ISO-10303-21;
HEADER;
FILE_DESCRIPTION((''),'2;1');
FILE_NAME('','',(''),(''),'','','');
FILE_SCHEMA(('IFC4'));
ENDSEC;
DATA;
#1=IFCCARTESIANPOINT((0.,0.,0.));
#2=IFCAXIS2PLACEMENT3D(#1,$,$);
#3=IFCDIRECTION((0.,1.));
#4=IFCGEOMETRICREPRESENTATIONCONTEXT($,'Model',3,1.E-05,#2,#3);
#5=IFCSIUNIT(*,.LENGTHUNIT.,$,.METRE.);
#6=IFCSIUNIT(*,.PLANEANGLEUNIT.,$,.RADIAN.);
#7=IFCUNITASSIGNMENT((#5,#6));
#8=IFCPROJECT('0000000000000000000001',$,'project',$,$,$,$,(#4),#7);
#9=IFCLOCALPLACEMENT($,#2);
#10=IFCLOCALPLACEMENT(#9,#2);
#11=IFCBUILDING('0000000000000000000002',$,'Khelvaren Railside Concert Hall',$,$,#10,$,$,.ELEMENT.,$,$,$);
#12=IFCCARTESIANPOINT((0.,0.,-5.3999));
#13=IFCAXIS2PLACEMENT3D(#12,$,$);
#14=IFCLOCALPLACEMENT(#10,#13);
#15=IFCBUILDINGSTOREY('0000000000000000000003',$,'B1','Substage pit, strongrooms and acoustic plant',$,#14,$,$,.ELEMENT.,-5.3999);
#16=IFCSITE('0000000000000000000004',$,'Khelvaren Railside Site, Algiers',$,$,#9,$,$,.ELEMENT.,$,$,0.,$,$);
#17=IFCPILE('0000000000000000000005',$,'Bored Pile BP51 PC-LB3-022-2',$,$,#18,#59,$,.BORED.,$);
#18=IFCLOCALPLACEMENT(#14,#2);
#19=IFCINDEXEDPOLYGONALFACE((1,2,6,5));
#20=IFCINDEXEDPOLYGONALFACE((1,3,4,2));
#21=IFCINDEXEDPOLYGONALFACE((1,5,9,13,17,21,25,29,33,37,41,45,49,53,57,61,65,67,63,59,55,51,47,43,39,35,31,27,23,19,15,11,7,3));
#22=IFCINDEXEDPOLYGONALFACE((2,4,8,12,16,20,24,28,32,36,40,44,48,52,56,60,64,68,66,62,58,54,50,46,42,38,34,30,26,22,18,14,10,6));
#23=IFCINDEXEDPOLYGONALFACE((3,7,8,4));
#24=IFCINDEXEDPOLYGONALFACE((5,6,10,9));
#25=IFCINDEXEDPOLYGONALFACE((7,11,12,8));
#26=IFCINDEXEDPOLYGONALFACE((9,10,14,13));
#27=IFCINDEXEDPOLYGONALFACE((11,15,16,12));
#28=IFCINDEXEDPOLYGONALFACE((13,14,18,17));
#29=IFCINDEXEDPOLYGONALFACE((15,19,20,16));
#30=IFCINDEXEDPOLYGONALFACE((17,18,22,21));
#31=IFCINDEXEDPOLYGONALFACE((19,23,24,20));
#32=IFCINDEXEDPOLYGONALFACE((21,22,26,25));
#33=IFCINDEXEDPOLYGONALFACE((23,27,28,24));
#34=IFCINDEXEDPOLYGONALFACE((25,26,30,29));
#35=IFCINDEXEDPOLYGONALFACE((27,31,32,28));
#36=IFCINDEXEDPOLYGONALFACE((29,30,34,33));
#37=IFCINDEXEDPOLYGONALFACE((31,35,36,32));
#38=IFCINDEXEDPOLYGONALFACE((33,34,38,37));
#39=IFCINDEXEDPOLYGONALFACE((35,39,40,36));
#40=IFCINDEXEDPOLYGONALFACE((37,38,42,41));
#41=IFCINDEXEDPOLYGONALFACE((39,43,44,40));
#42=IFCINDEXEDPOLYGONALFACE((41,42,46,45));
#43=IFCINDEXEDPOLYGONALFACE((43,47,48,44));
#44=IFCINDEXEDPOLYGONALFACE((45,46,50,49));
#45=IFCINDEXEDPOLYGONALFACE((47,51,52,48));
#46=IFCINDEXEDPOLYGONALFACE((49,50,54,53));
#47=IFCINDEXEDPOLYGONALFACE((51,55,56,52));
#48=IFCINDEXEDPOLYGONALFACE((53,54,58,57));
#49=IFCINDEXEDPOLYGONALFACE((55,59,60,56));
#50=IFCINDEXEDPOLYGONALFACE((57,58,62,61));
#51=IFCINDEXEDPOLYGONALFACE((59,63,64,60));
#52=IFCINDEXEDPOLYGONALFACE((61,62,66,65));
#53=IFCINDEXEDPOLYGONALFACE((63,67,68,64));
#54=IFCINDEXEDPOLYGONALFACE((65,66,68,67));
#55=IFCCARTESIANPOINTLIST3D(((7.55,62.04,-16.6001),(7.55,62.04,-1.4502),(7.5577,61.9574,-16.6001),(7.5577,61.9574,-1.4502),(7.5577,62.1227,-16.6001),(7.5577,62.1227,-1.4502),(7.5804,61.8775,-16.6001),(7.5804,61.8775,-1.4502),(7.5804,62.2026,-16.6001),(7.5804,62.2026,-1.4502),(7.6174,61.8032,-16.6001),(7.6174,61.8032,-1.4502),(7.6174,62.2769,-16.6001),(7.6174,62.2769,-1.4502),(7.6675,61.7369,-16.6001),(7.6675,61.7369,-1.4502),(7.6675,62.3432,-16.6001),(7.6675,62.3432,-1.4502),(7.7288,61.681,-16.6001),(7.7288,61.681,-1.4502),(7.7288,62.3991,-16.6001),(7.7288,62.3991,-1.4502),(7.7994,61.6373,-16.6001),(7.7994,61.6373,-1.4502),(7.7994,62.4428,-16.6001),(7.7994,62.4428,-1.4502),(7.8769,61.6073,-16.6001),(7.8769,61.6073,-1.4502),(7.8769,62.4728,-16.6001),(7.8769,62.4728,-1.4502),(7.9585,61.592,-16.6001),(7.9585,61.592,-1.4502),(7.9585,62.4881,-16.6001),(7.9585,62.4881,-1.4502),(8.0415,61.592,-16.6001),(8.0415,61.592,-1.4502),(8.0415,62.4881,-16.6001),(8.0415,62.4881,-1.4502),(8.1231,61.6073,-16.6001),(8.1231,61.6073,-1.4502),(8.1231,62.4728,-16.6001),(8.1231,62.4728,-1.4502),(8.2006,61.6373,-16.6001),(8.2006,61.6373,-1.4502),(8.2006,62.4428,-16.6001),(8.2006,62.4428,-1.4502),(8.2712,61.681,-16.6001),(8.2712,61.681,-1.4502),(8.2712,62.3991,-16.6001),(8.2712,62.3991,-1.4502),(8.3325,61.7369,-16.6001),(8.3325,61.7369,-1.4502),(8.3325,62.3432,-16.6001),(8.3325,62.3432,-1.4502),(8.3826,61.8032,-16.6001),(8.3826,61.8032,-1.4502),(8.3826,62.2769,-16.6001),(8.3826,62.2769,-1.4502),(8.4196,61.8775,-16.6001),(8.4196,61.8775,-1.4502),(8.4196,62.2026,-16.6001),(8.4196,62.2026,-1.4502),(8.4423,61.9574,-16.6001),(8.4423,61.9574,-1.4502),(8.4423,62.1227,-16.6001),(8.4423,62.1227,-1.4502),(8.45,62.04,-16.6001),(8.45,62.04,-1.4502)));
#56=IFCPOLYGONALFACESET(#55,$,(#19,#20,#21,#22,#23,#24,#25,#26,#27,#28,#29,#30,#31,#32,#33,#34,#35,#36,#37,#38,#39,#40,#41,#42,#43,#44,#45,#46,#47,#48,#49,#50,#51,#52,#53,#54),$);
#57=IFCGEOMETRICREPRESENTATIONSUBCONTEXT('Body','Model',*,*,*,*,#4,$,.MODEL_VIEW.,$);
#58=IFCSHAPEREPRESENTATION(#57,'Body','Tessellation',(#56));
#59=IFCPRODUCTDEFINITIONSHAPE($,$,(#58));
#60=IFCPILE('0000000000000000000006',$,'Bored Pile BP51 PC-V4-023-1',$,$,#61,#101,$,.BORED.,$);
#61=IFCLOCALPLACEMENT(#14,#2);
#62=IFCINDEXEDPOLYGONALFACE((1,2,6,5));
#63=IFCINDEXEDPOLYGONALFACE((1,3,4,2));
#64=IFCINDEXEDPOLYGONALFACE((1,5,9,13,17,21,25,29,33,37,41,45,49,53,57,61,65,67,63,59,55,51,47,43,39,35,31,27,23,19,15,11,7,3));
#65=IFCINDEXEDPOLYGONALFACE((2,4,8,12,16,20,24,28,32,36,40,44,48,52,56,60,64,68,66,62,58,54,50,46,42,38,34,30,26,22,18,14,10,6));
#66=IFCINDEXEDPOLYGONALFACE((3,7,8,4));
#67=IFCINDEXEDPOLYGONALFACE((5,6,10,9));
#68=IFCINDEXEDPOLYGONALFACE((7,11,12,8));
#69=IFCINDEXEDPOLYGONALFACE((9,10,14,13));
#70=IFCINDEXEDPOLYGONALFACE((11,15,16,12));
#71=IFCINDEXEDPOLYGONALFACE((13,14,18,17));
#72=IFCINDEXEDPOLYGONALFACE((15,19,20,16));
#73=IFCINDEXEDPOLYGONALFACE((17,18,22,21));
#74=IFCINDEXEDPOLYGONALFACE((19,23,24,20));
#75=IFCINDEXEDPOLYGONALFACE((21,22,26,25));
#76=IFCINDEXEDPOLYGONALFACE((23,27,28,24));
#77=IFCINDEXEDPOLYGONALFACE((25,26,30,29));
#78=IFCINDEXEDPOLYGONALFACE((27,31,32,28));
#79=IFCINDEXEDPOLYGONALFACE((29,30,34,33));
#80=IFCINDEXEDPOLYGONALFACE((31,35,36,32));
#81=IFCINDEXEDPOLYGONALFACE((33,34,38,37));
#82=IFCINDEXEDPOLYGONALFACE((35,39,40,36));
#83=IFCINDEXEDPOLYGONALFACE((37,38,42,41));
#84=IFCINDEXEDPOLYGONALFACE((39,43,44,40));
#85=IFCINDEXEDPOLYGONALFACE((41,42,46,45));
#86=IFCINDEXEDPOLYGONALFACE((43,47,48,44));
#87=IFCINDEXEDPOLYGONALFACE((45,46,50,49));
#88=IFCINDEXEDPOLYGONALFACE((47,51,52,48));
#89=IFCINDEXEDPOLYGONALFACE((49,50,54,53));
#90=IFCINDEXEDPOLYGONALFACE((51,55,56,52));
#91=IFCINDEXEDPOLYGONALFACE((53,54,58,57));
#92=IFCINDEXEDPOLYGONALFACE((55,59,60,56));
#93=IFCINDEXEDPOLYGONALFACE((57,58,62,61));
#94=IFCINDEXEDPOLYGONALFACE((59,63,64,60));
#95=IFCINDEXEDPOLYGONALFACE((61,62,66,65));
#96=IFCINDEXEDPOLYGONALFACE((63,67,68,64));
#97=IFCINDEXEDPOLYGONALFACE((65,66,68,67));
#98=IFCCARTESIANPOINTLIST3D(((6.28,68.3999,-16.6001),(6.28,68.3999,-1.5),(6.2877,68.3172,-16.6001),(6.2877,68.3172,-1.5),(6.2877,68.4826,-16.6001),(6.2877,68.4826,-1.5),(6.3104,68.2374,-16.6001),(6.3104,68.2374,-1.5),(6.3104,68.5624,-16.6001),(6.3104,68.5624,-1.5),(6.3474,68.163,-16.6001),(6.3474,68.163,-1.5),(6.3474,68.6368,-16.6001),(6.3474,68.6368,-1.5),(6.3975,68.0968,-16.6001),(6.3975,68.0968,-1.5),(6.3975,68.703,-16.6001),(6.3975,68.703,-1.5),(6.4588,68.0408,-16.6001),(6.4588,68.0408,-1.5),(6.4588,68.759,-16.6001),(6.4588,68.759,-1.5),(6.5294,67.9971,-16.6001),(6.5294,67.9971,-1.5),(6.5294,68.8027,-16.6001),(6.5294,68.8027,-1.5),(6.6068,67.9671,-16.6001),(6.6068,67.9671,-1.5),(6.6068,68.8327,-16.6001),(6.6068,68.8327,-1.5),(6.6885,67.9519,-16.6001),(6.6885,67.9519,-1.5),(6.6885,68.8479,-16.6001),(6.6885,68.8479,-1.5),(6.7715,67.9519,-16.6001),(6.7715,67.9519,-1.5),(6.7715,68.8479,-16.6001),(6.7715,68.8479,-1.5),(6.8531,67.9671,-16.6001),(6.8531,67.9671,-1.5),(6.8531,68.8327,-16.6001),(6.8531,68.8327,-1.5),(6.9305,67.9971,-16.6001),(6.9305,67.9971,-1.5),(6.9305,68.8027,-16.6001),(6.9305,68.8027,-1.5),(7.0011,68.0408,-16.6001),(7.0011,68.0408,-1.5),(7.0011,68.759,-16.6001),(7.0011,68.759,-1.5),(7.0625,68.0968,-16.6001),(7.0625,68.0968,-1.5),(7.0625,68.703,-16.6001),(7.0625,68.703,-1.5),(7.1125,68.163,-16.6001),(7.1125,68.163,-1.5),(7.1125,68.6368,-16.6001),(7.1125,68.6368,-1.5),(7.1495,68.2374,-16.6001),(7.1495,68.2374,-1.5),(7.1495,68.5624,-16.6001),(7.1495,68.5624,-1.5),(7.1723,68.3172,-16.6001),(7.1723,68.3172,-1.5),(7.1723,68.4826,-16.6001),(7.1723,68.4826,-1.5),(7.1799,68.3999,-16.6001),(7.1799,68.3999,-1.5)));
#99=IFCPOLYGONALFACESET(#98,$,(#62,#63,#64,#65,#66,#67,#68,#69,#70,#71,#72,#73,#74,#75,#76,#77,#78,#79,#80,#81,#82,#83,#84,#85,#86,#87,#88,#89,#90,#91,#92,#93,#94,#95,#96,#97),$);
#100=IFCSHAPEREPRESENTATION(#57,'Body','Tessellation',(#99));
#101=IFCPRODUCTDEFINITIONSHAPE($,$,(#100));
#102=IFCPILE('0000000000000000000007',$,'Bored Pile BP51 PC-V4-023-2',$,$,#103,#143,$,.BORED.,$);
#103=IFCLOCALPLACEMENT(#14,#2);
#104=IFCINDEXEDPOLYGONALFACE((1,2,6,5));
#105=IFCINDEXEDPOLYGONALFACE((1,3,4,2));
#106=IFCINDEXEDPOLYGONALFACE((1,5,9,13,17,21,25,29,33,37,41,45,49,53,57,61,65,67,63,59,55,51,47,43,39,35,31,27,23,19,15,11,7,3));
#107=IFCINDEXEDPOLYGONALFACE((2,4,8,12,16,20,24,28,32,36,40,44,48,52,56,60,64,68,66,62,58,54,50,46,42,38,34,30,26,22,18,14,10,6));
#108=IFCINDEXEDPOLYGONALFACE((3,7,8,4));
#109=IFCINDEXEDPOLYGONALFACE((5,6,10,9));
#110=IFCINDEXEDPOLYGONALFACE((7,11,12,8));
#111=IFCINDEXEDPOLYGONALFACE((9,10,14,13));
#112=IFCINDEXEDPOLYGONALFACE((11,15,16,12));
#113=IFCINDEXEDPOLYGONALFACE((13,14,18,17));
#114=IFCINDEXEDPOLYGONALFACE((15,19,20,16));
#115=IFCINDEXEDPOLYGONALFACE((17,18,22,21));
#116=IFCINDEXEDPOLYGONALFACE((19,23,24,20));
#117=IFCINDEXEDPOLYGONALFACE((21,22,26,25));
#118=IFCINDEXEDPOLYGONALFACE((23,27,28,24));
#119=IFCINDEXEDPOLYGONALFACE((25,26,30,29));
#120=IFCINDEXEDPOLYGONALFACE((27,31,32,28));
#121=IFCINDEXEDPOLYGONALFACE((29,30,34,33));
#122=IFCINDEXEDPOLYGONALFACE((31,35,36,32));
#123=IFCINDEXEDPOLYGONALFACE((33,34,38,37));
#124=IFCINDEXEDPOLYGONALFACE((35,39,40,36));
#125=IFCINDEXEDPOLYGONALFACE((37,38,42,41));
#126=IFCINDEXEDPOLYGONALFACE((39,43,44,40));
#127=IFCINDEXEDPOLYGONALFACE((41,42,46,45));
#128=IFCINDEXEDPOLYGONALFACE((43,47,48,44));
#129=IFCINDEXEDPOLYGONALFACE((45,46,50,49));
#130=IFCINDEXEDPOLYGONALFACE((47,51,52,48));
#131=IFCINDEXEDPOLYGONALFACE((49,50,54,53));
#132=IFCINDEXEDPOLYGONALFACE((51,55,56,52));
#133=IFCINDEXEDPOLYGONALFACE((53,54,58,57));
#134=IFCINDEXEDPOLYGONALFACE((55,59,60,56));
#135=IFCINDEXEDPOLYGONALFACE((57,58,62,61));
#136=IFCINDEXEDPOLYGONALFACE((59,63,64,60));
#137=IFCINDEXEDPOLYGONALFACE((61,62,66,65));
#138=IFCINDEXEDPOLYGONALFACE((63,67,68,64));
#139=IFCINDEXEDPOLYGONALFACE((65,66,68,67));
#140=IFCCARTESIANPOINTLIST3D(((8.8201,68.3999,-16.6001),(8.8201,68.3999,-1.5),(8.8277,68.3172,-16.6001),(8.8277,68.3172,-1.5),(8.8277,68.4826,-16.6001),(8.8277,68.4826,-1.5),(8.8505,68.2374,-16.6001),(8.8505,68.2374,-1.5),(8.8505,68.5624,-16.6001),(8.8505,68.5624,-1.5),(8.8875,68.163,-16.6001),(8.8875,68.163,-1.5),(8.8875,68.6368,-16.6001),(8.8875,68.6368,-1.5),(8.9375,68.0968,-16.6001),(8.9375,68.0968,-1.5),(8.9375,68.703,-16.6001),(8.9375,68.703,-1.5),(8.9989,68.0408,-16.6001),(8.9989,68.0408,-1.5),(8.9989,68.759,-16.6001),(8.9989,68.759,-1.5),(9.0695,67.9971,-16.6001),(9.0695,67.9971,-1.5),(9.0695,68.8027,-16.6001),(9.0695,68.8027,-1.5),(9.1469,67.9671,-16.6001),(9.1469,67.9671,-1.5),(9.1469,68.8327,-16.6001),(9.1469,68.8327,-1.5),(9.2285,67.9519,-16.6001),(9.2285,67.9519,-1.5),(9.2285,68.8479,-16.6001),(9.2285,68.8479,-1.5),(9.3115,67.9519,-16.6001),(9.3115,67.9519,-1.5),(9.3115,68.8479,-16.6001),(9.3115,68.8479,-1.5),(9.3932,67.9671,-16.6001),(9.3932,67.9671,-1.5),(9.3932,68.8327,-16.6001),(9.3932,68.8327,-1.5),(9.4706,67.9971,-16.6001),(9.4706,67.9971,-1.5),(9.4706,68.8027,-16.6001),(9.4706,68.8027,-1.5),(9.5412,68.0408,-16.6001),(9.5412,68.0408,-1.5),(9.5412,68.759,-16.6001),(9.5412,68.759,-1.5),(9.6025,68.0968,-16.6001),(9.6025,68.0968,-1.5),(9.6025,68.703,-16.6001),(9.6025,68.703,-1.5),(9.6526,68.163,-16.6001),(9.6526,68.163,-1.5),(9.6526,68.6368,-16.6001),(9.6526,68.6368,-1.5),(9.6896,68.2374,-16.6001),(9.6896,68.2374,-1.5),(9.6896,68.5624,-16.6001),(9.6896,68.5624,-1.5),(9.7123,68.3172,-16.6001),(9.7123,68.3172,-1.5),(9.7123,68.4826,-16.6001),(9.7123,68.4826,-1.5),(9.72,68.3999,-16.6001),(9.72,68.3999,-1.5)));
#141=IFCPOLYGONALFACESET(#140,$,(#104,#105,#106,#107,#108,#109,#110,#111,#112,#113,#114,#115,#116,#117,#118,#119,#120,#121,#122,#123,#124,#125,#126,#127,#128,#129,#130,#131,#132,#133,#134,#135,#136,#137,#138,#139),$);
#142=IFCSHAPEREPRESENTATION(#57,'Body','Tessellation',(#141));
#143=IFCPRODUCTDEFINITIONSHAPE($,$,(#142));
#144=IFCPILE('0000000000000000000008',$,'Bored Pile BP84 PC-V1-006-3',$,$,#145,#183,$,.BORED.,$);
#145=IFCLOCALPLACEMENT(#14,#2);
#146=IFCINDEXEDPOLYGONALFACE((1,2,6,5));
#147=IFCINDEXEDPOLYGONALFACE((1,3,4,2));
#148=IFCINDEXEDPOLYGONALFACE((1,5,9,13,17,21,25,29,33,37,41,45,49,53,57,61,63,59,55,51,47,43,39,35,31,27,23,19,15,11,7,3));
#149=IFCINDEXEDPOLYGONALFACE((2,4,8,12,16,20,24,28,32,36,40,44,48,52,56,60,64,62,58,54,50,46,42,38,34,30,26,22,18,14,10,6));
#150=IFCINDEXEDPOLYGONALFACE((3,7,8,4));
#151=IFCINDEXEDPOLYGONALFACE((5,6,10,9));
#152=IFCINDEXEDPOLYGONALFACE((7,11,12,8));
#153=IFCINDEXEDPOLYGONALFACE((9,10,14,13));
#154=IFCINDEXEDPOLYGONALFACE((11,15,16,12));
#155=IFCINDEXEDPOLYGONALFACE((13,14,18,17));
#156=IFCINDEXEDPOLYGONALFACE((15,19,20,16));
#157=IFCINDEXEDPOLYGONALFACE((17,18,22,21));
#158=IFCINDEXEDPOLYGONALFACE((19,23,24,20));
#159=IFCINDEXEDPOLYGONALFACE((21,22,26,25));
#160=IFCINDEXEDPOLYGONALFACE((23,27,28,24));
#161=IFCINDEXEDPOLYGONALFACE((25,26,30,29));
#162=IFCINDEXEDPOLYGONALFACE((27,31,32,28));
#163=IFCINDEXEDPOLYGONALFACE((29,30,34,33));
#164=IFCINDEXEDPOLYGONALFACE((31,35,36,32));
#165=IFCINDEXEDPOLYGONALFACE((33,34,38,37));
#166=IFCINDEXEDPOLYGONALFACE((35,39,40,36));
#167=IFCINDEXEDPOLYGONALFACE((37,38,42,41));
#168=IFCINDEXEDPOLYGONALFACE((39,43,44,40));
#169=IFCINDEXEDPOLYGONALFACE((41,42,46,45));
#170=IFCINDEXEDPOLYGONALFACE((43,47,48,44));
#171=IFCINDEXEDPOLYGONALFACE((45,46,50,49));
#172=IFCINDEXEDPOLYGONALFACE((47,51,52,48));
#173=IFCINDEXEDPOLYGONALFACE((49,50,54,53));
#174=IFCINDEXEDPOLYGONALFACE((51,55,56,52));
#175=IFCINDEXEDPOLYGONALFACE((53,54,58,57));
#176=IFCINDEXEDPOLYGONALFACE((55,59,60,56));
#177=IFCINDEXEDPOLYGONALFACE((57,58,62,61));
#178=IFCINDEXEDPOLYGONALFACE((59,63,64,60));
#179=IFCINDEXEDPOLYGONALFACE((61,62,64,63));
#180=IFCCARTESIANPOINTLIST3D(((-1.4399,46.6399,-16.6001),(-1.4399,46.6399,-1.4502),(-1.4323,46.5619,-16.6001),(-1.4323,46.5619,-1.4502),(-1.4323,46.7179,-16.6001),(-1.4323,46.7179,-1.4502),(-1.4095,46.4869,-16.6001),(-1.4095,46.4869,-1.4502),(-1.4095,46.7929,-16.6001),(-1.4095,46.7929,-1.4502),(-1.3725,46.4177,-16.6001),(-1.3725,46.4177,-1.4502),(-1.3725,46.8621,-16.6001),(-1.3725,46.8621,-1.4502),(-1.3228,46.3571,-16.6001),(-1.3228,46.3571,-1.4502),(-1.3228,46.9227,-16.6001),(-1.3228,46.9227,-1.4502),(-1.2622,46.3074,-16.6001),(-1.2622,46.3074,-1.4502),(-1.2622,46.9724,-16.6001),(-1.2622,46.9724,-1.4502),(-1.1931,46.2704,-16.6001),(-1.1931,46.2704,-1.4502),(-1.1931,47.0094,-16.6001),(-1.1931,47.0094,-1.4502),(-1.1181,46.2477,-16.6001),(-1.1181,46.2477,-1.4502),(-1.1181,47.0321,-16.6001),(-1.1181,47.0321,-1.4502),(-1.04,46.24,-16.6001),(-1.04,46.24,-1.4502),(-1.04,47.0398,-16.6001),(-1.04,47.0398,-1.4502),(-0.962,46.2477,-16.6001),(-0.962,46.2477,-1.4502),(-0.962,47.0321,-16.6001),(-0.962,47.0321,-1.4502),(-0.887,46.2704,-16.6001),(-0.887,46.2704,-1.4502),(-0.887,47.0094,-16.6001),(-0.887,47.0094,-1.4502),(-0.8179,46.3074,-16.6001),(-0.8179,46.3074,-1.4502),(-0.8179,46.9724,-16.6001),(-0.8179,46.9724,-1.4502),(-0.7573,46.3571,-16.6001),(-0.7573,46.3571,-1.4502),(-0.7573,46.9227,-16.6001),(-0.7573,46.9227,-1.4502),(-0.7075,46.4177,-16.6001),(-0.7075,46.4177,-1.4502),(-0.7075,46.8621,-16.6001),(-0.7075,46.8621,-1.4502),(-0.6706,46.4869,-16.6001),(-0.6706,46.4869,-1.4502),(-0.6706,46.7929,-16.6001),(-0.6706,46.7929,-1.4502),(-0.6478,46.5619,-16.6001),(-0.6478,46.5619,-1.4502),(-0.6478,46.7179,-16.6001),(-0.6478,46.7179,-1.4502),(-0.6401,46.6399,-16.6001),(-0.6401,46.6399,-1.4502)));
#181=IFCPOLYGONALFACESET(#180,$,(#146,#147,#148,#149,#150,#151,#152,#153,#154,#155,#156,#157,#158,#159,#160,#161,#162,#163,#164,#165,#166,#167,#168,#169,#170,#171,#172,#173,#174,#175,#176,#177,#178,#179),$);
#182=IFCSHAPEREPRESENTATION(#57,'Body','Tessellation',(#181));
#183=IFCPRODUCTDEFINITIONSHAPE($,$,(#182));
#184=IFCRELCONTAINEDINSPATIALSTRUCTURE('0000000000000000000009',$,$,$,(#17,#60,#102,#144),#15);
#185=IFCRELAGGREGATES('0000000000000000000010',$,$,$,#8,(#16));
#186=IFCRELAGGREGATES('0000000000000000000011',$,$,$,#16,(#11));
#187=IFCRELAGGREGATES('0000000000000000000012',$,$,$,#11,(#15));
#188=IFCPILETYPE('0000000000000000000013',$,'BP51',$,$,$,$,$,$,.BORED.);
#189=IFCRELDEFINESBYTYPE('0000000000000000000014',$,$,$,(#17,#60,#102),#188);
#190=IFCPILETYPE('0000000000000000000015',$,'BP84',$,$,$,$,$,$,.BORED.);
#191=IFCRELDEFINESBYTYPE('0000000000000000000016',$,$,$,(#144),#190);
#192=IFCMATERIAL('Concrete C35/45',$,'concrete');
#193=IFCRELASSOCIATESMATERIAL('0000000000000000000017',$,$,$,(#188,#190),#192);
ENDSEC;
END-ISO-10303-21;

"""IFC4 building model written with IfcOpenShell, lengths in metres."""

from ifc_helpers import new_model, si_unit, direction, frame, origin, origin_2d, place, context, subcontext, project, spatial, circle, extrude, material, material_profile, profile_set, type_object, element, save


model = new_model("IFC4")

# Units and contexts
model_context = context("Model", 3, precision=1e-05, world=origin(), true_north=direction((0.0, 1.0)))
body_context = subcontext(model_context, "Body", "Model", "MODEL_VIEW")
ifc_project = project(units=[si_unit("LENGTHUNIT", "METRE"), si_unit("PLANEANGLEUNIT", "RADIAN")], contexts=[model_context])

# Site, building, storey
site_placement = place(None, origin())
site = spatial("IfcSite", under=ifc_project, at=site_placement, Name="Khelvaren Railside Site, Algiers", CompositionType="ELEMENT", RefElevation=0.0)
building_placement = place(site_placement, origin())
building = spatial("IfcBuilding", under=site, at=building_placement, Name="Khelvaren Railside Concert Hall", CompositionType="ELEMENT")
storey_placement = place(building_placement, frame((0.0, 0.0, -5.3999)))
storey = spatial("IfcBuildingStorey", under=building, at=storey_placement, Name="B1", Description="Substage pit, strongrooms and acoustic plant", CompositionType="ELEMENT", Elevation=-5.3999)

# Piles
ifc_material_1 = material(Name="Concrete C35/45", Category="concrete")
ifc_material_profile_1 = material_profile(ifc_material_1, circle(Radius=0.45, at=origin_2d()), Name="BP D900")
ifc_profile_set_1 = profile_set([ifc_material_profile_1], Name="Concrete C35/45")
pile_type_1 = type_object("IfcPileType", Name="BP51", PredefinedType="BORED", material=ifc_profile_set_1)
for number, where, z_axis, x_axis, name in (
    (1, (8.0, 62.04, -1.4502), (0.0, 0.0, -1.0), (1.0, 0.0, 0.0), "Bored Pile BP51 PC-LB3-022-2"),
):
    element("IfcPile", number, at=place(storey_placement, frame(where, z_axis=z_axis, x_axis=x_axis)), inside=storey, type_object=pile_type_1, Name=name, PredefinedType="BORED", context=body_context, shape_type="SweptSolid", body=[
        extrude(circle(Radius=0.45, at=origin_2d()), origin(), (0.0, 0.0, 1.0), 15.1499),
    ])
for number, where, z_axis, x_axis, name in (
    (2, (6.73, 68.3999, -1.5), (0.0, 0.0, -1.0), (1.0, 0.0, 0.0), "Bored Pile BP51 PC-V4-023-1"),
    (3, (9.27, 68.3999, -1.5), (0.0, 0.0, -1.0), (1.0, 0.0, 0.0), "Bored Pile BP51 PC-V4-023-2"),
):
    element("IfcPile", number, at=place(storey_placement, frame(where, z_axis=z_axis, x_axis=x_axis)), inside=storey, type_object=pile_type_1, Name=name, PredefinedType="BORED", context=body_context, shape_type="SweptSolid", body=[
        extrude(circle(Radius=0.45, at=origin_2d()), origin(), (0.0, 0.0, 1.0), 15.1001),
    ])
ifc_material_profile_2 = material_profile(ifc_material_1, circle(Radius=0.3999, at=origin_2d()), Name="BP D800")
ifc_profile_set_2 = profile_set([ifc_material_profile_2], Name="Concrete C35/45")
pile_type_2 = type_object("IfcPileType", Name="BP84", PredefinedType="BORED", material=ifc_profile_set_2)
for number, where, z_axis, x_axis, name in (
    (4, (-1.04, 46.6399, -1.4502), (0.0, 0.0, -1.0), (1.0, 0.0, 0.0), "Bored Pile BP84 PC-V1-006-3"),
):
    element("IfcPile", number, at=place(storey_placement, frame(where, z_axis=z_axis, x_axis=x_axis)), inside=storey, type_object=pile_type_2, Name=name, PredefinedType="BORED", context=body_context, shape_type="SweptSolid", body=[
        extrude(circle(Radius=0.3999, at=origin_2d()), origin(), (0.0, 0.0, 1.0), 15.1499),
    ])

save(model, "model.ifc")
